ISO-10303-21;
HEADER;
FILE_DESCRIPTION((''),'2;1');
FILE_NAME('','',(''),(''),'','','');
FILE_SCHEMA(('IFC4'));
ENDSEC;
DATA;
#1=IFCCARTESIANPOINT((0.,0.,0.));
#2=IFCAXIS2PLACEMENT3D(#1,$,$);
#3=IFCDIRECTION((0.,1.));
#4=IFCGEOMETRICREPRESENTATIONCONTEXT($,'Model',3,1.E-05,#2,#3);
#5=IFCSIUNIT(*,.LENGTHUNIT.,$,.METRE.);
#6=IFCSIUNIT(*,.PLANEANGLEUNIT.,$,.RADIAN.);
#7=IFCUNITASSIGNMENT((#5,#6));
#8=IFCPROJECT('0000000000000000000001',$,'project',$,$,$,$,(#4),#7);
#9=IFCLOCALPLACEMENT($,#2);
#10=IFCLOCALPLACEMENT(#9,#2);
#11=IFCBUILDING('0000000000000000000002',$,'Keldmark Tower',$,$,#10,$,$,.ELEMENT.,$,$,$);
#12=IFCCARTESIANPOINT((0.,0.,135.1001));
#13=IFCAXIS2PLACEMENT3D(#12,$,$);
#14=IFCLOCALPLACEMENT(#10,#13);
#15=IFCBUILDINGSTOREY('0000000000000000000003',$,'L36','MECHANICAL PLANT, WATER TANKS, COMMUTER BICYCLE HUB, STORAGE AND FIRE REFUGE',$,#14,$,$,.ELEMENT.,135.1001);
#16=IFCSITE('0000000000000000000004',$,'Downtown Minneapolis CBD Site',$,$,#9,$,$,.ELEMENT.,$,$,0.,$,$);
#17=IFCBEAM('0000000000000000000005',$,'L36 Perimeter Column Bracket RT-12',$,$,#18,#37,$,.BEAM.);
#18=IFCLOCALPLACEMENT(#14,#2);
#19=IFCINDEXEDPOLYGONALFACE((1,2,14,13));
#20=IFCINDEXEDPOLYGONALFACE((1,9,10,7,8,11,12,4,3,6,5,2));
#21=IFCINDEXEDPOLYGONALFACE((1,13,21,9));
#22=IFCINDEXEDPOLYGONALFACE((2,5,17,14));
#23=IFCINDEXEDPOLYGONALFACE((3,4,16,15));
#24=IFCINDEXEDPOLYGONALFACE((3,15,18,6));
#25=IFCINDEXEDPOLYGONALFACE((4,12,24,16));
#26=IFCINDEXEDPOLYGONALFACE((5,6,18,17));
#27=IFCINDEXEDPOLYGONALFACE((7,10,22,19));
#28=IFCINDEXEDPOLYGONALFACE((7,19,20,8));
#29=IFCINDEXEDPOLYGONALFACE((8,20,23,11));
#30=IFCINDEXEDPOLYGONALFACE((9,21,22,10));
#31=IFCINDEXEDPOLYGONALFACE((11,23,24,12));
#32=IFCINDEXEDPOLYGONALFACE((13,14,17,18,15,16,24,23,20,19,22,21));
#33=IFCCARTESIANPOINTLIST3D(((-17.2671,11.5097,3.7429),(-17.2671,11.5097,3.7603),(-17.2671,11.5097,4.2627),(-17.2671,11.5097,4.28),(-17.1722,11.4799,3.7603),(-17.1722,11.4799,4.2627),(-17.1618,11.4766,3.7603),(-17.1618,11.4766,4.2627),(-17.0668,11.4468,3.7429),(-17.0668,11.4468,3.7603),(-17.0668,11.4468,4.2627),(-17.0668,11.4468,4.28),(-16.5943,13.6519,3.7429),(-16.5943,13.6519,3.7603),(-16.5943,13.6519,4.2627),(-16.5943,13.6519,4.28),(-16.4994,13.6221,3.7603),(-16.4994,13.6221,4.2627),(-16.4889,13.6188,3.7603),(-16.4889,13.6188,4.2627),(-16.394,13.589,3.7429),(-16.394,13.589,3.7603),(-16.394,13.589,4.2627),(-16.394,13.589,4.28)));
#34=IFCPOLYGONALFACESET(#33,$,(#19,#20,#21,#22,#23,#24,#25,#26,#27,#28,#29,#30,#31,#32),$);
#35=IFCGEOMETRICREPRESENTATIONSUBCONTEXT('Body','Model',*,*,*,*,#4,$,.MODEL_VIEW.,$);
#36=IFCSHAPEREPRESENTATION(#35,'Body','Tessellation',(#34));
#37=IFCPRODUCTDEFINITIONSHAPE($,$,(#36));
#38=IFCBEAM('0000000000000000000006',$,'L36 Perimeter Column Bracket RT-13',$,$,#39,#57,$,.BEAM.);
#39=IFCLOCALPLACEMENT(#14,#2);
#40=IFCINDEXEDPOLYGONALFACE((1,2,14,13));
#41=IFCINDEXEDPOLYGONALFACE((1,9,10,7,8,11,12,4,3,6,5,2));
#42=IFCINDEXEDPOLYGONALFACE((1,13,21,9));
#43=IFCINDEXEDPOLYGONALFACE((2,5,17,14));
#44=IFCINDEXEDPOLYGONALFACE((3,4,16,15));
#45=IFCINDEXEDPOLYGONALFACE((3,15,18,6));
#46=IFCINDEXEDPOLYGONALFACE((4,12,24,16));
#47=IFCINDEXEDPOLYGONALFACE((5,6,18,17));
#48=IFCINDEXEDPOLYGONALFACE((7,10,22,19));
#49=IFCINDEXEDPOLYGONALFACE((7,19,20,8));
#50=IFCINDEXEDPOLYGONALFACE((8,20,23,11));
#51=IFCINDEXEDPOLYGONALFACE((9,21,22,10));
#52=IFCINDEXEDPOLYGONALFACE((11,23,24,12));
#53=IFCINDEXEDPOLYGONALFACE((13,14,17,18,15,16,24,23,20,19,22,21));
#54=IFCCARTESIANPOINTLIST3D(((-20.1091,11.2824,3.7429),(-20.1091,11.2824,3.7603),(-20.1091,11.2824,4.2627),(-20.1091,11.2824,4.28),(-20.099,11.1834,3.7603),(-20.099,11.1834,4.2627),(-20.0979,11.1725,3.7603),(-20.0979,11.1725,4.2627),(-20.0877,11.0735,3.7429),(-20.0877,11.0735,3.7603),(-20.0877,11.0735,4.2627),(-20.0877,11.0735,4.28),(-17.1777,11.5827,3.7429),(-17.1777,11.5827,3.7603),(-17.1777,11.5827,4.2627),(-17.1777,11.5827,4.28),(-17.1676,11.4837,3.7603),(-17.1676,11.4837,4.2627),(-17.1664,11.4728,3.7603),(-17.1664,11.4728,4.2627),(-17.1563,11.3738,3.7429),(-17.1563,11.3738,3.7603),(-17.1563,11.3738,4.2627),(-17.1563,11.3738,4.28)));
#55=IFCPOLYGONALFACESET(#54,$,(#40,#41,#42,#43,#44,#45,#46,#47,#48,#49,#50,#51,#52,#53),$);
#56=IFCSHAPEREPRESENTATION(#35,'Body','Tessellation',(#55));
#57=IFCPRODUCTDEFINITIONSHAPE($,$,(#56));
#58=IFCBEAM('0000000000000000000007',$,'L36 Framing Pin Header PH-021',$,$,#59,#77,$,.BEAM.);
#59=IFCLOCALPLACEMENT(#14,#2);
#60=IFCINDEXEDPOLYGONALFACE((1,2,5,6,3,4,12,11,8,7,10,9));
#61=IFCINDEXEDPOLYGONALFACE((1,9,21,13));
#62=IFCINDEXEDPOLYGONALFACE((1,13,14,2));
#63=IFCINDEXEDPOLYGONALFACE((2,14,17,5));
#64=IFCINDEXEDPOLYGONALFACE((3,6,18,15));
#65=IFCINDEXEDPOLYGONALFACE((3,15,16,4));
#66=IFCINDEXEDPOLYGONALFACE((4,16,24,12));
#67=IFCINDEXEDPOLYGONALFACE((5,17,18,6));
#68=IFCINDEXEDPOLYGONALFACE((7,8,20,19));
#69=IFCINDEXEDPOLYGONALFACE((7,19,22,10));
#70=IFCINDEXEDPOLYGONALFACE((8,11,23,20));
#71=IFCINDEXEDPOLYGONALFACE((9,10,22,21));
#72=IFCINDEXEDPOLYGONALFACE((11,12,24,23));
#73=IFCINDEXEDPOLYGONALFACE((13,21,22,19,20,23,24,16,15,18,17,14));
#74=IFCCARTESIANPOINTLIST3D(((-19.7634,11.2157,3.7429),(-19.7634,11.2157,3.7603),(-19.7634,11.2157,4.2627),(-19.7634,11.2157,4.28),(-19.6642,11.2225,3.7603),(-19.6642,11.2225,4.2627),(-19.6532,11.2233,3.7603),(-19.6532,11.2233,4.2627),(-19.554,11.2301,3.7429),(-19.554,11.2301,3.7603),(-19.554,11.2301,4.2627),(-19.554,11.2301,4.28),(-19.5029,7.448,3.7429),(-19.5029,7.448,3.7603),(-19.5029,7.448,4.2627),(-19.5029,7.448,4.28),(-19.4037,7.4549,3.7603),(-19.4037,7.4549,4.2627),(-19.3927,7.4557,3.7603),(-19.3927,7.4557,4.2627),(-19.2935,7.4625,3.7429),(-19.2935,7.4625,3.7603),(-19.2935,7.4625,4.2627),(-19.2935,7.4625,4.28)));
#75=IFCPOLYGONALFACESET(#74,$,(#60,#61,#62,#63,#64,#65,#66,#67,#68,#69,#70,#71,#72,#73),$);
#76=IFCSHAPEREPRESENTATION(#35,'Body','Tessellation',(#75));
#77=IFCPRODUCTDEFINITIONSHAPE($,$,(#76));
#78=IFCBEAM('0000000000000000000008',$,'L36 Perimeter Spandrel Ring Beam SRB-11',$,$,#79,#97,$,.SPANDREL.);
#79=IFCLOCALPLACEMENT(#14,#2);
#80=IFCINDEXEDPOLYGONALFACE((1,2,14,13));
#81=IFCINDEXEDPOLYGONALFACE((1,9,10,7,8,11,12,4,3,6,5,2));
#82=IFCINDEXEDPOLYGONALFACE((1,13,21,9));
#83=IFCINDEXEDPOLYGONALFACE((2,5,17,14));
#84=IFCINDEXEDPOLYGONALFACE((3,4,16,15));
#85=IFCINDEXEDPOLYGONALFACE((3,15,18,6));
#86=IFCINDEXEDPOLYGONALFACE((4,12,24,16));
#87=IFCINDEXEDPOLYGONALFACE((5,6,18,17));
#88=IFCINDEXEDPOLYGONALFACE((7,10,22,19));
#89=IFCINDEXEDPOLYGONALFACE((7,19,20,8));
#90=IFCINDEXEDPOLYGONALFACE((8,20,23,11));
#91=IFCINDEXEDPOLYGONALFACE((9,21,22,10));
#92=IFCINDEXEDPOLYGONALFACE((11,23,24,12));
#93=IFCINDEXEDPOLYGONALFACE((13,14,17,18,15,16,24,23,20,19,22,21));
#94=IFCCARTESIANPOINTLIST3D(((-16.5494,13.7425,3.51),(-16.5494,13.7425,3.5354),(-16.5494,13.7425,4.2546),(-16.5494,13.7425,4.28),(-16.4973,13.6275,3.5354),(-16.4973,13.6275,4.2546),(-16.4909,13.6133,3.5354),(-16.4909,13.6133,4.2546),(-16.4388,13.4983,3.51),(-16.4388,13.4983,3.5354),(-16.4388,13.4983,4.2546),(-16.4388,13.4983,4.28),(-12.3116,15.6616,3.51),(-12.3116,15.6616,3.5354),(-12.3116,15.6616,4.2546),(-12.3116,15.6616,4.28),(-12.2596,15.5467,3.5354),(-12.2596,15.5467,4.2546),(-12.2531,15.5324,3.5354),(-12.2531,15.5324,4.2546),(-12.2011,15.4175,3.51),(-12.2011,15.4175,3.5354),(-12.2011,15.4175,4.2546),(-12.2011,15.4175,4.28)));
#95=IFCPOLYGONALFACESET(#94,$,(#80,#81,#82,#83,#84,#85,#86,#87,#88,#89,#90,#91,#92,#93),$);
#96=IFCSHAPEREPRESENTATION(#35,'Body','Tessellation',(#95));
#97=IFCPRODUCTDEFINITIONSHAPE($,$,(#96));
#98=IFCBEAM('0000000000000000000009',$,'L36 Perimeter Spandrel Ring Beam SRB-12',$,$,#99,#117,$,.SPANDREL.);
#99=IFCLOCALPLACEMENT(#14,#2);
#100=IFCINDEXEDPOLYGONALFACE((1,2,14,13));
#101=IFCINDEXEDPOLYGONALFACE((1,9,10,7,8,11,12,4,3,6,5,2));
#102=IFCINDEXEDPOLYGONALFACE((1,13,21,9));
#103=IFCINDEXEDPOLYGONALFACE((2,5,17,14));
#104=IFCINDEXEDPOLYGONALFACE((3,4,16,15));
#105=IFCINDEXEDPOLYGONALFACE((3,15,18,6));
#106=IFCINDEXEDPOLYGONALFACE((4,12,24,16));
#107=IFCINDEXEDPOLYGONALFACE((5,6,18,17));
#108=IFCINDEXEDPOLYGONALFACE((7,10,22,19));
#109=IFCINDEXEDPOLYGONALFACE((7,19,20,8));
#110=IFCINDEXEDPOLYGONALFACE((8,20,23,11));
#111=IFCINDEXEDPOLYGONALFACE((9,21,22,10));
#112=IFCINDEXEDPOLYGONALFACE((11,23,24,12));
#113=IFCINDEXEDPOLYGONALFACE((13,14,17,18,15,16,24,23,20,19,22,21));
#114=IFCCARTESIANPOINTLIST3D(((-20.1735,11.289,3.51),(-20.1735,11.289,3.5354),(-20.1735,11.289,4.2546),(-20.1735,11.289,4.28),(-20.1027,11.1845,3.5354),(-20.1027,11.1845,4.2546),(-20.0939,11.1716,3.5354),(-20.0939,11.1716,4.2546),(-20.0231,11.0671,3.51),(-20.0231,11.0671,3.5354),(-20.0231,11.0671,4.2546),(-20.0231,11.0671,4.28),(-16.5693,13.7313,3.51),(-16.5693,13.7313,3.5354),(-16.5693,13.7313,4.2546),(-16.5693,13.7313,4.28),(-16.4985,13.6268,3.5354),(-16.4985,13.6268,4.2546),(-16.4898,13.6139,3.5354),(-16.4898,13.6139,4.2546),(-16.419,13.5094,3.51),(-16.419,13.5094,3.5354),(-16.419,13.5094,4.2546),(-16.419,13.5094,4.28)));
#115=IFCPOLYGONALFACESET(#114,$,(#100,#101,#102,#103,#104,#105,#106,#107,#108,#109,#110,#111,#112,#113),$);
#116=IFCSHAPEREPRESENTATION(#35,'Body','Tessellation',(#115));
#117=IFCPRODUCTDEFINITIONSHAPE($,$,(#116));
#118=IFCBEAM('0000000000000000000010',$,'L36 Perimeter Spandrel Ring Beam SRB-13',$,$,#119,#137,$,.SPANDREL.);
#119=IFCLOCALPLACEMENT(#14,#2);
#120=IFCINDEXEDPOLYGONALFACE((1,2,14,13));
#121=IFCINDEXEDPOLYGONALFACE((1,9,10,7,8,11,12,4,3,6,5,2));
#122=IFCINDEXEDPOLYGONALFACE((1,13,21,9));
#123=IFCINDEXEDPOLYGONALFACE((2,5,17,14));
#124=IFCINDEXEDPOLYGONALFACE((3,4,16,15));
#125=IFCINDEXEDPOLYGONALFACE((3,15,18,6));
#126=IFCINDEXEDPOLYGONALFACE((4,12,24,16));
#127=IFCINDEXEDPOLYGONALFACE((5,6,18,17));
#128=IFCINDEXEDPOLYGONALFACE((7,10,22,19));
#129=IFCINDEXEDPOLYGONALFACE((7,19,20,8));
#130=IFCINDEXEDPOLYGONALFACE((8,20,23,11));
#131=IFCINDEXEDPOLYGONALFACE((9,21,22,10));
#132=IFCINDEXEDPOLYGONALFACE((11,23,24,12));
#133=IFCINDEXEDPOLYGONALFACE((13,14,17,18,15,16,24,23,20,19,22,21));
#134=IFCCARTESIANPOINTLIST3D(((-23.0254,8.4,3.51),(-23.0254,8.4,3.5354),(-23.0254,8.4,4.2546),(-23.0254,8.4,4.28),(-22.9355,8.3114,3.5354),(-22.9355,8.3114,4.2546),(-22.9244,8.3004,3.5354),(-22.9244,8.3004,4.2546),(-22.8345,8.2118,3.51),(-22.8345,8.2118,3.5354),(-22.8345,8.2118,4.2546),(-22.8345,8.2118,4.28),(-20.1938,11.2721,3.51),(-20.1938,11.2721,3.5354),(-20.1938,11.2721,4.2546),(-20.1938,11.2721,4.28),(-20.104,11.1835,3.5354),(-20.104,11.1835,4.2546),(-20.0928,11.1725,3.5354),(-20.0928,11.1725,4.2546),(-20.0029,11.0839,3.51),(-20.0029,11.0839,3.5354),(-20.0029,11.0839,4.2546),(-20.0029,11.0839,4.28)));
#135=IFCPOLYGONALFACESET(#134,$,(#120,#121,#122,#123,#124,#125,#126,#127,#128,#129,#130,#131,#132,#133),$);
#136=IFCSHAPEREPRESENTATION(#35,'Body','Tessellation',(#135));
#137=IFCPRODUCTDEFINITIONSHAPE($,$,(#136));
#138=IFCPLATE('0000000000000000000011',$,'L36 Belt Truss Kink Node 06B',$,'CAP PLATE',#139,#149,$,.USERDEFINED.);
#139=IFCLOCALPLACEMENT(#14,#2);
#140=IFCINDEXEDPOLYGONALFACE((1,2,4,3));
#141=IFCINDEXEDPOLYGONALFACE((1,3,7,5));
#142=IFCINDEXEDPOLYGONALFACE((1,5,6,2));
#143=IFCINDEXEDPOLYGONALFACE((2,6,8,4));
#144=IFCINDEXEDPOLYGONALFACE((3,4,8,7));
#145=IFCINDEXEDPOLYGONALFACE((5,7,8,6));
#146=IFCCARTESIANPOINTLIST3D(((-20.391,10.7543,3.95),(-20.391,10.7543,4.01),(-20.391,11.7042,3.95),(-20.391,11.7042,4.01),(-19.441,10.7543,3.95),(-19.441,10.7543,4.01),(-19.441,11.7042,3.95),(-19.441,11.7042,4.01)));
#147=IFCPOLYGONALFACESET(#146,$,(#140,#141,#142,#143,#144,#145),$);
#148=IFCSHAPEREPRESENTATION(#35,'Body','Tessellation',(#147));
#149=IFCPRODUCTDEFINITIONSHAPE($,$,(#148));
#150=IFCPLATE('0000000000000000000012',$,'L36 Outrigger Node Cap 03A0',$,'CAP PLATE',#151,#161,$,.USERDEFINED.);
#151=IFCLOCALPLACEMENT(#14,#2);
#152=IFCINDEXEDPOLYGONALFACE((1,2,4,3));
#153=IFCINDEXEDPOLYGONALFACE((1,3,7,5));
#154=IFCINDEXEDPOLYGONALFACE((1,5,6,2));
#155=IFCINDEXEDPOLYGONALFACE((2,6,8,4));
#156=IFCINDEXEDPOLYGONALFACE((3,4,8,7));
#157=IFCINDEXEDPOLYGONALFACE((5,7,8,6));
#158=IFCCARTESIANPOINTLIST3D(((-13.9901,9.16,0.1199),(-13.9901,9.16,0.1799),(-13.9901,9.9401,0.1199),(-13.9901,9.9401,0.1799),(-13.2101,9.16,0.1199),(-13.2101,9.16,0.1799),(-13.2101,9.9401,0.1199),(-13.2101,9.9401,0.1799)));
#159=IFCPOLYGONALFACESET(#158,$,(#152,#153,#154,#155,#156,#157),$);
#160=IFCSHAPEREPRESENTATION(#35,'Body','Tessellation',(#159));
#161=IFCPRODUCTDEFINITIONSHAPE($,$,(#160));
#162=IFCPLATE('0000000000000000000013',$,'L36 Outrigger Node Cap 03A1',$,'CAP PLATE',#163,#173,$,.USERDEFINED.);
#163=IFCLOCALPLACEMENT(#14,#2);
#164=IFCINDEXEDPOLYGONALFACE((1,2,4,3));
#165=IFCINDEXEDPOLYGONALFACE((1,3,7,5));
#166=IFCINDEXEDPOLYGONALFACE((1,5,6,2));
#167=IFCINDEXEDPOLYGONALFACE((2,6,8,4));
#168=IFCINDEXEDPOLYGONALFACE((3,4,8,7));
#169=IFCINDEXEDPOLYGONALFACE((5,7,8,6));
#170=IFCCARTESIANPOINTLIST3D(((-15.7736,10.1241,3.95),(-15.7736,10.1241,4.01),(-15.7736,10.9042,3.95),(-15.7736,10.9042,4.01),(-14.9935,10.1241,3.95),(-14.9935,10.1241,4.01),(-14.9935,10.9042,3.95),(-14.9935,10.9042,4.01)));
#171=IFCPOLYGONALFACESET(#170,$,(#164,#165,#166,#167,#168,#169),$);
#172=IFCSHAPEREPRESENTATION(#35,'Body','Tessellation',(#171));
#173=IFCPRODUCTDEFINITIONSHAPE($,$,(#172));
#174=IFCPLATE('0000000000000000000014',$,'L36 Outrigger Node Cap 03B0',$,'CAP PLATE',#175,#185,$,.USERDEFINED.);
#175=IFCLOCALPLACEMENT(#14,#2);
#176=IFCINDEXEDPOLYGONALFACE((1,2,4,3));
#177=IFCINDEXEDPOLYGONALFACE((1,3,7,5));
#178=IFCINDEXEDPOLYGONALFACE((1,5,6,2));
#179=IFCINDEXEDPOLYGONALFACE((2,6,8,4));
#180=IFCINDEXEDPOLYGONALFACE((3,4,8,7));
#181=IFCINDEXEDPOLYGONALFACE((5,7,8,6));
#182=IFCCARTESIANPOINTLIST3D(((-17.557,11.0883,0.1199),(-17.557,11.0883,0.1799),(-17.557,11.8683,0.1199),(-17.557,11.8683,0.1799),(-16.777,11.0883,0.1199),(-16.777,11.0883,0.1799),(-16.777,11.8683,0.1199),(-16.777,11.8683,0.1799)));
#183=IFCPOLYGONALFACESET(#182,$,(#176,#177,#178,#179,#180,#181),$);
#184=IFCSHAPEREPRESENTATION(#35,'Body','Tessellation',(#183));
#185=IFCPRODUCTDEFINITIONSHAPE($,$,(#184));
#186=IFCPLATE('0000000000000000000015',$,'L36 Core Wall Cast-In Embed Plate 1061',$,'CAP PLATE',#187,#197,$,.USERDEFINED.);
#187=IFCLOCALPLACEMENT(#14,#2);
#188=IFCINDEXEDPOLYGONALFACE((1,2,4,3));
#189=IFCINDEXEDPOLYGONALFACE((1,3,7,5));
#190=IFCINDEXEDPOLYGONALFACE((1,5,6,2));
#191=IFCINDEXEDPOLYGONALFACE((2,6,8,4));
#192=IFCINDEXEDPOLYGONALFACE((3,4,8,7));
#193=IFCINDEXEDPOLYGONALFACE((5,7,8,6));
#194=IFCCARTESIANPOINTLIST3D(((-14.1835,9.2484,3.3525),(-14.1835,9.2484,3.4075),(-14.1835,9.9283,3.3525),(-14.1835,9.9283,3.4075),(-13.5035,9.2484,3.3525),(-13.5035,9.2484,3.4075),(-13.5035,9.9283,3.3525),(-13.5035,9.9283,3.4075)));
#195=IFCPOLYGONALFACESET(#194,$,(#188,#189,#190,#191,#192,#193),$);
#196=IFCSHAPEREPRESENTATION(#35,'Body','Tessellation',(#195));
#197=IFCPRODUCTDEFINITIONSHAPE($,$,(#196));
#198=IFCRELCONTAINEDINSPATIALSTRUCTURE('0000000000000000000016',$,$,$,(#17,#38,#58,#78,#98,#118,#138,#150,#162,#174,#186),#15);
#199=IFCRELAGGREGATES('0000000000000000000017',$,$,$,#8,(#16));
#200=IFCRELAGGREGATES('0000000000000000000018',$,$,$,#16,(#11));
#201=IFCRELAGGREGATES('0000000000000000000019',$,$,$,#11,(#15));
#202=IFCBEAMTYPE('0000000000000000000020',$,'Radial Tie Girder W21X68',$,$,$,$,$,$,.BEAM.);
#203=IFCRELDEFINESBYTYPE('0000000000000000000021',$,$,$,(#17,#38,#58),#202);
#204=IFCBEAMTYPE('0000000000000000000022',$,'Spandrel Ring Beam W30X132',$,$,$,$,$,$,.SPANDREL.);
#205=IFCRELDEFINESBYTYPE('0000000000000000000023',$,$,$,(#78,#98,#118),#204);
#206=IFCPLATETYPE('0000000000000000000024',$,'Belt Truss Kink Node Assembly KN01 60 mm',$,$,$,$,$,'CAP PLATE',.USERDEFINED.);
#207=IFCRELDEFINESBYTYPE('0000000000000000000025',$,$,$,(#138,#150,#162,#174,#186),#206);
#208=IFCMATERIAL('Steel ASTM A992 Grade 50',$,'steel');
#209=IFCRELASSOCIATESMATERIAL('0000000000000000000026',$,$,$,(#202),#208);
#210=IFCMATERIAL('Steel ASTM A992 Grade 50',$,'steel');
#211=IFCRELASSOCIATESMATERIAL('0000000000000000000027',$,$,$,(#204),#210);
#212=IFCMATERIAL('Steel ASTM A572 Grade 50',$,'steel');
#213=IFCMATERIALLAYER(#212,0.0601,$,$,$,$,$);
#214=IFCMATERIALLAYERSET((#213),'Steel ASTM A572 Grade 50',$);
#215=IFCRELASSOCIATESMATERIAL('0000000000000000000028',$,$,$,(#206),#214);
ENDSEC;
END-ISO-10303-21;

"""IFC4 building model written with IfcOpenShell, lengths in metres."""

from ifc_helpers import new_model, si_unit, direction, frame, origin, origin_2d, place, context, subcontext, project, spatial, rectangle, i_section, extrude, material, layer, layer_set, material_profile, profile_set, type_object, element, save


model = new_model("IFC4")

# Units and contexts
model_context = context("Model", 3, precision=1e-05, world=origin(), true_north=direction((0.0, 1.0)))
body_context = subcontext(model_context, "Body", "Model", "MODEL_VIEW")
ifc_project = project(units=[si_unit("LENGTHUNIT", "METRE"), si_unit("PLANEANGLEUNIT", "RADIAN")], contexts=[model_context])

# Site, building, storey
site_placement = place(None, origin())
site = spatial("IfcSite", under=ifc_project, at=site_placement, Name="Downtown Minneapolis CBD Site", CompositionType="ELEMENT", RefElevation=0.0)
building_placement = place(site_placement, origin())
building = spatial("IfcBuilding", under=site, at=building_placement, Name="Keldmark Tower", CompositionType="ELEMENT")
storey_placement = place(building_placement, frame((0.0, 0.0, 135.1001)))
storey = spatial("IfcBuildingStorey", under=building, at=storey_placement, Name="L36", Description="MECHANICAL PLANT, WATER TANKS, COMMUTER BICYCLE HUB, STORAGE AND FIRE REFUGE", CompositionType="ELEMENT", Elevation=135.1001)

# Beams
ifc_material_1 = material(Name="Steel ASTM A992 Grade 50", Category="steel")
ifc_material_profile_1 = material_profile(ifc_material_1, i_section(OverallWidth=0.21, OverallDepth=0.5371, WebThickness=0.011, FlangeThickness=0.0173, at=origin_2d()), Name="W21X68")
ifc_profile_set_1 = profile_set([ifc_material_profile_1], Name="Steel ASTM A992 Grade 50")
beam_type_1 = type_object("IfcBeamType", Name="Radial Tie Girder W21X68", PredefinedType="BEAM", material=ifc_profile_set_1)
beam_1_placement = place(storey_placement, frame((-17.167, 11.4783, 4.0115), z_axis=(0.299674, 0.954042, 0.0), x_axis=(-0.954042, 0.299674, 0.0)))
element("IfcBeam", 1, at=beam_1_placement, inside=storey, type_object=beam_type_1, Name="L36 Perimeter Column Bracket RT-12", PredefinedType="BEAM", context=body_context, shape_type="SweptSolid", body=[
    extrude(i_section(OverallWidth=0.21, OverallDepth=0.5371, WebThickness=0.011, FlangeThickness=0.0173, at=origin_2d()), origin(), (0.0, 0.0, 1.0), 2.2454),
])
beam_2_placement = place(storey_placement, frame((-17.167, 11.4783, 4.0115), z_axis=(-0.994794, -0.101907, 0.0), x_axis=(0.101907, -0.994794, 0.0)))
element("IfcBeam", 2, at=beam_2_placement, inside=storey, type_object=beam_type_1, Name="L36 Perimeter Column Bracket RT-13", PredefinedType="BEAM", context=body_context, shape_type="SweptSolid", body=[
    extrude(i_section(OverallWidth=0.21, OverallDepth=0.5371, WebThickness=0.011, FlangeThickness=0.0173, at=origin_2d()), origin(), (0.0, 0.0, 1.0), 2.9468),
])
beam_3_placement = place(storey_placement, frame((-19.6587, 11.2229, 4.0115), z_axis=(0.068977, -0.997618, 0.0), x_axis=(0.997618, 0.068977, 0.0)))
element("IfcBeam", 3, at=beam_3_placement, inside=storey, type_object=beam_type_1, Name="L36 Framing Pin Header PH-021", PredefinedType="BEAM", context=body_context, shape_type="SweptSolid", body=[
    extrude(i_section(OverallWidth=0.21, OverallDepth=0.5371, WebThickness=0.011, FlangeThickness=0.0173, at=origin_2d()), origin(), (0.0, 0.0, 1.0), 3.7766),
])
ifc_material_2 = material(Name="Steel ASTM A992 Grade 50", Category="steel")
ifc_material_profile_2 = material_profile(ifc_material_2, i_section(OverallWidth=0.2681, OverallDepth=0.77, WebThickness=0.0156, FlangeThickness=0.0254, at=origin_2d()), Name="W30X132")
ifc_profile_set_2 = profile_set([ifc_material_profile_2], Name="Steel ASTM A992 Grade 50")
beam_type_2 = type_object("IfcBeamType", Name="Spandrel Ring Beam W30X132", PredefinedType="SPANDREL", material=ifc_profile_set_2)
beam_4_placement = place(storey_placement, frame((-12.2563, 15.5396, 3.895), z_axis=(-0.910939, -0.412541, 0.0), x_axis=(0.412541, -0.910939, 0.0)))
element("IfcBeam", 4, at=beam_4_placement, inside=storey, type_object=beam_type_2, Name="L36 Perimeter Spandrel Ring Beam SRB-11", PredefinedType="SPANDREL", context=body_context, shape_type="SweptSolid", body=[
    extrude(i_section(OverallWidth=0.2681, OverallDepth=0.77, WebThickness=0.0156, FlangeThickness=0.0254, at=origin_2d()), origin(), (0.0, 0.0, 1.0), 4.6521),
])
beam_5_placement = place(storey_placement, frame((-16.4941, 13.6204, 3.895), z_axis=(-0.827834, -0.560973, 0.0), x_axis=(0.560973, -0.827834, 0.0)))
element("IfcBeam", 5, at=beam_5_placement, inside=storey, type_object=beam_type_2, Name="L36 Perimeter Spandrel Ring Beam SRB-12", PredefinedType="SPANDREL", context=body_context, shape_type="SweptSolid", body=[
    extrude(i_section(OverallWidth=0.2681, OverallDepth=0.77, WebThickness=0.0156, FlangeThickness=0.0254, at=origin_2d()), origin(), (0.0, 0.0, 1.0), 4.3538),
])
beam_6_placement = place(storey_placement, frame((-20.0984, 11.178, 3.895), z_axis=(-0.702065, -0.712113, 0.0), x_axis=(0.712113, -0.702065, 0.0)))
element("IfcBeam", 6, at=beam_6_placement, inside=storey, type_object=beam_type_2, Name="L36 Perimeter Spandrel Ring Beam SRB-13", PredefinedType="SPANDREL", context=body_context, shape_type="SweptSolid", body=[
    extrude(i_section(OverallWidth=0.2681, OverallDepth=0.77, WebThickness=0.0156, FlangeThickness=0.0254, at=origin_2d()), origin(), (0.0, 0.0, 1.0), 4.0332),
])

# Plates
ifc_material_3 = material(Name="Steel ASTM A572 Grade 50", Category="steel")
ifc_layer_1 = layer(ifc_material_3, 0.0601)
ifc_layer_set_1 = layer_set([ifc_layer_1], Name="Steel ASTM A572 Grade 50")
plate_type_1 = type_object("IfcPlateType", Name="Belt Truss Kink Node Assembly KN01 60 mm", ElementType="CAP PLATE", PredefinedType="USERDEFINED", material=ifc_layer_set_1)
plate_1_placement = place(storey_placement, frame((-19.916, 11.2292, 3.95), z_axis=(0.0, 0.0, 1.0), x_axis=(1.0, 0.0, 0.0)))
element("IfcPlate", 7, at=plate_1_placement, inside=storey, type_object=plate_type_1, Name="L36 Belt Truss Kink Node 06B", ObjectType="CAP PLATE", PredefinedType="USERDEFINED", context=body_context, shape_type="SweptSolid", body=[
    extrude(rectangle(XDim=0.95, YDim=0.95, at=origin_2d()), origin(), (0.0, 0.0, 1.0), 0.0601),
])
for number, where, z_axis, x_axis, name in (
    (8, (-13.6001, 9.55, 0.1199), (0.0, 0.0, 1.0), (1.0, 0.0, 0.0), "L36 Outrigger Node Cap 03A0"),
    (9, (-15.3835, 10.5142, 3.95), (0.0, 0.0, 1.0), (1.0, 0.0, 0.0), "L36 Outrigger Node Cap 03A1"),
    (10, (-17.167, 11.4783, 0.1199), (0.0, 0.0, 1.0), (1.0, 0.0, 0.0), "L36 Outrigger Node Cap 03B0"),
):
    element("IfcPlate", number, at=place(storey_placement, frame(where, z_axis=z_axis, x_axis=x_axis)), inside=storey, type_object=plate_type_1, Name=name, ObjectType="CAP PLATE", PredefinedType="USERDEFINED", context=body_context, shape_type="SweptSolid", body=[
        extrude(rectangle(XDim=0.78, YDim=0.78, at=origin_2d()), origin(), (0.0, 0.0, 1.0), 0.0601),
    ])
plate_2_placement = place(storey_placement, frame((-13.8435, 9.5884, 3.3525), z_axis=(0.0, 0.0, 1.0), x_axis=(1.0, 0.0, 0.0)))
element("IfcPlate", 11, at=plate_2_placement, inside=storey, type_object=plate_type_1, Name="L36 Core Wall Cast-In Embed Plate 1061", ObjectType="CAP PLATE", PredefinedType="USERDEFINED", context=body_context, shape_type="SweptSolid", body=[
    extrude(rectangle(XDim=0.6799, YDim=0.6799, at=origin_2d()), origin(), (0.0, 0.0, 1.0), 0.0549),
])

save(model, "model.ifc")
